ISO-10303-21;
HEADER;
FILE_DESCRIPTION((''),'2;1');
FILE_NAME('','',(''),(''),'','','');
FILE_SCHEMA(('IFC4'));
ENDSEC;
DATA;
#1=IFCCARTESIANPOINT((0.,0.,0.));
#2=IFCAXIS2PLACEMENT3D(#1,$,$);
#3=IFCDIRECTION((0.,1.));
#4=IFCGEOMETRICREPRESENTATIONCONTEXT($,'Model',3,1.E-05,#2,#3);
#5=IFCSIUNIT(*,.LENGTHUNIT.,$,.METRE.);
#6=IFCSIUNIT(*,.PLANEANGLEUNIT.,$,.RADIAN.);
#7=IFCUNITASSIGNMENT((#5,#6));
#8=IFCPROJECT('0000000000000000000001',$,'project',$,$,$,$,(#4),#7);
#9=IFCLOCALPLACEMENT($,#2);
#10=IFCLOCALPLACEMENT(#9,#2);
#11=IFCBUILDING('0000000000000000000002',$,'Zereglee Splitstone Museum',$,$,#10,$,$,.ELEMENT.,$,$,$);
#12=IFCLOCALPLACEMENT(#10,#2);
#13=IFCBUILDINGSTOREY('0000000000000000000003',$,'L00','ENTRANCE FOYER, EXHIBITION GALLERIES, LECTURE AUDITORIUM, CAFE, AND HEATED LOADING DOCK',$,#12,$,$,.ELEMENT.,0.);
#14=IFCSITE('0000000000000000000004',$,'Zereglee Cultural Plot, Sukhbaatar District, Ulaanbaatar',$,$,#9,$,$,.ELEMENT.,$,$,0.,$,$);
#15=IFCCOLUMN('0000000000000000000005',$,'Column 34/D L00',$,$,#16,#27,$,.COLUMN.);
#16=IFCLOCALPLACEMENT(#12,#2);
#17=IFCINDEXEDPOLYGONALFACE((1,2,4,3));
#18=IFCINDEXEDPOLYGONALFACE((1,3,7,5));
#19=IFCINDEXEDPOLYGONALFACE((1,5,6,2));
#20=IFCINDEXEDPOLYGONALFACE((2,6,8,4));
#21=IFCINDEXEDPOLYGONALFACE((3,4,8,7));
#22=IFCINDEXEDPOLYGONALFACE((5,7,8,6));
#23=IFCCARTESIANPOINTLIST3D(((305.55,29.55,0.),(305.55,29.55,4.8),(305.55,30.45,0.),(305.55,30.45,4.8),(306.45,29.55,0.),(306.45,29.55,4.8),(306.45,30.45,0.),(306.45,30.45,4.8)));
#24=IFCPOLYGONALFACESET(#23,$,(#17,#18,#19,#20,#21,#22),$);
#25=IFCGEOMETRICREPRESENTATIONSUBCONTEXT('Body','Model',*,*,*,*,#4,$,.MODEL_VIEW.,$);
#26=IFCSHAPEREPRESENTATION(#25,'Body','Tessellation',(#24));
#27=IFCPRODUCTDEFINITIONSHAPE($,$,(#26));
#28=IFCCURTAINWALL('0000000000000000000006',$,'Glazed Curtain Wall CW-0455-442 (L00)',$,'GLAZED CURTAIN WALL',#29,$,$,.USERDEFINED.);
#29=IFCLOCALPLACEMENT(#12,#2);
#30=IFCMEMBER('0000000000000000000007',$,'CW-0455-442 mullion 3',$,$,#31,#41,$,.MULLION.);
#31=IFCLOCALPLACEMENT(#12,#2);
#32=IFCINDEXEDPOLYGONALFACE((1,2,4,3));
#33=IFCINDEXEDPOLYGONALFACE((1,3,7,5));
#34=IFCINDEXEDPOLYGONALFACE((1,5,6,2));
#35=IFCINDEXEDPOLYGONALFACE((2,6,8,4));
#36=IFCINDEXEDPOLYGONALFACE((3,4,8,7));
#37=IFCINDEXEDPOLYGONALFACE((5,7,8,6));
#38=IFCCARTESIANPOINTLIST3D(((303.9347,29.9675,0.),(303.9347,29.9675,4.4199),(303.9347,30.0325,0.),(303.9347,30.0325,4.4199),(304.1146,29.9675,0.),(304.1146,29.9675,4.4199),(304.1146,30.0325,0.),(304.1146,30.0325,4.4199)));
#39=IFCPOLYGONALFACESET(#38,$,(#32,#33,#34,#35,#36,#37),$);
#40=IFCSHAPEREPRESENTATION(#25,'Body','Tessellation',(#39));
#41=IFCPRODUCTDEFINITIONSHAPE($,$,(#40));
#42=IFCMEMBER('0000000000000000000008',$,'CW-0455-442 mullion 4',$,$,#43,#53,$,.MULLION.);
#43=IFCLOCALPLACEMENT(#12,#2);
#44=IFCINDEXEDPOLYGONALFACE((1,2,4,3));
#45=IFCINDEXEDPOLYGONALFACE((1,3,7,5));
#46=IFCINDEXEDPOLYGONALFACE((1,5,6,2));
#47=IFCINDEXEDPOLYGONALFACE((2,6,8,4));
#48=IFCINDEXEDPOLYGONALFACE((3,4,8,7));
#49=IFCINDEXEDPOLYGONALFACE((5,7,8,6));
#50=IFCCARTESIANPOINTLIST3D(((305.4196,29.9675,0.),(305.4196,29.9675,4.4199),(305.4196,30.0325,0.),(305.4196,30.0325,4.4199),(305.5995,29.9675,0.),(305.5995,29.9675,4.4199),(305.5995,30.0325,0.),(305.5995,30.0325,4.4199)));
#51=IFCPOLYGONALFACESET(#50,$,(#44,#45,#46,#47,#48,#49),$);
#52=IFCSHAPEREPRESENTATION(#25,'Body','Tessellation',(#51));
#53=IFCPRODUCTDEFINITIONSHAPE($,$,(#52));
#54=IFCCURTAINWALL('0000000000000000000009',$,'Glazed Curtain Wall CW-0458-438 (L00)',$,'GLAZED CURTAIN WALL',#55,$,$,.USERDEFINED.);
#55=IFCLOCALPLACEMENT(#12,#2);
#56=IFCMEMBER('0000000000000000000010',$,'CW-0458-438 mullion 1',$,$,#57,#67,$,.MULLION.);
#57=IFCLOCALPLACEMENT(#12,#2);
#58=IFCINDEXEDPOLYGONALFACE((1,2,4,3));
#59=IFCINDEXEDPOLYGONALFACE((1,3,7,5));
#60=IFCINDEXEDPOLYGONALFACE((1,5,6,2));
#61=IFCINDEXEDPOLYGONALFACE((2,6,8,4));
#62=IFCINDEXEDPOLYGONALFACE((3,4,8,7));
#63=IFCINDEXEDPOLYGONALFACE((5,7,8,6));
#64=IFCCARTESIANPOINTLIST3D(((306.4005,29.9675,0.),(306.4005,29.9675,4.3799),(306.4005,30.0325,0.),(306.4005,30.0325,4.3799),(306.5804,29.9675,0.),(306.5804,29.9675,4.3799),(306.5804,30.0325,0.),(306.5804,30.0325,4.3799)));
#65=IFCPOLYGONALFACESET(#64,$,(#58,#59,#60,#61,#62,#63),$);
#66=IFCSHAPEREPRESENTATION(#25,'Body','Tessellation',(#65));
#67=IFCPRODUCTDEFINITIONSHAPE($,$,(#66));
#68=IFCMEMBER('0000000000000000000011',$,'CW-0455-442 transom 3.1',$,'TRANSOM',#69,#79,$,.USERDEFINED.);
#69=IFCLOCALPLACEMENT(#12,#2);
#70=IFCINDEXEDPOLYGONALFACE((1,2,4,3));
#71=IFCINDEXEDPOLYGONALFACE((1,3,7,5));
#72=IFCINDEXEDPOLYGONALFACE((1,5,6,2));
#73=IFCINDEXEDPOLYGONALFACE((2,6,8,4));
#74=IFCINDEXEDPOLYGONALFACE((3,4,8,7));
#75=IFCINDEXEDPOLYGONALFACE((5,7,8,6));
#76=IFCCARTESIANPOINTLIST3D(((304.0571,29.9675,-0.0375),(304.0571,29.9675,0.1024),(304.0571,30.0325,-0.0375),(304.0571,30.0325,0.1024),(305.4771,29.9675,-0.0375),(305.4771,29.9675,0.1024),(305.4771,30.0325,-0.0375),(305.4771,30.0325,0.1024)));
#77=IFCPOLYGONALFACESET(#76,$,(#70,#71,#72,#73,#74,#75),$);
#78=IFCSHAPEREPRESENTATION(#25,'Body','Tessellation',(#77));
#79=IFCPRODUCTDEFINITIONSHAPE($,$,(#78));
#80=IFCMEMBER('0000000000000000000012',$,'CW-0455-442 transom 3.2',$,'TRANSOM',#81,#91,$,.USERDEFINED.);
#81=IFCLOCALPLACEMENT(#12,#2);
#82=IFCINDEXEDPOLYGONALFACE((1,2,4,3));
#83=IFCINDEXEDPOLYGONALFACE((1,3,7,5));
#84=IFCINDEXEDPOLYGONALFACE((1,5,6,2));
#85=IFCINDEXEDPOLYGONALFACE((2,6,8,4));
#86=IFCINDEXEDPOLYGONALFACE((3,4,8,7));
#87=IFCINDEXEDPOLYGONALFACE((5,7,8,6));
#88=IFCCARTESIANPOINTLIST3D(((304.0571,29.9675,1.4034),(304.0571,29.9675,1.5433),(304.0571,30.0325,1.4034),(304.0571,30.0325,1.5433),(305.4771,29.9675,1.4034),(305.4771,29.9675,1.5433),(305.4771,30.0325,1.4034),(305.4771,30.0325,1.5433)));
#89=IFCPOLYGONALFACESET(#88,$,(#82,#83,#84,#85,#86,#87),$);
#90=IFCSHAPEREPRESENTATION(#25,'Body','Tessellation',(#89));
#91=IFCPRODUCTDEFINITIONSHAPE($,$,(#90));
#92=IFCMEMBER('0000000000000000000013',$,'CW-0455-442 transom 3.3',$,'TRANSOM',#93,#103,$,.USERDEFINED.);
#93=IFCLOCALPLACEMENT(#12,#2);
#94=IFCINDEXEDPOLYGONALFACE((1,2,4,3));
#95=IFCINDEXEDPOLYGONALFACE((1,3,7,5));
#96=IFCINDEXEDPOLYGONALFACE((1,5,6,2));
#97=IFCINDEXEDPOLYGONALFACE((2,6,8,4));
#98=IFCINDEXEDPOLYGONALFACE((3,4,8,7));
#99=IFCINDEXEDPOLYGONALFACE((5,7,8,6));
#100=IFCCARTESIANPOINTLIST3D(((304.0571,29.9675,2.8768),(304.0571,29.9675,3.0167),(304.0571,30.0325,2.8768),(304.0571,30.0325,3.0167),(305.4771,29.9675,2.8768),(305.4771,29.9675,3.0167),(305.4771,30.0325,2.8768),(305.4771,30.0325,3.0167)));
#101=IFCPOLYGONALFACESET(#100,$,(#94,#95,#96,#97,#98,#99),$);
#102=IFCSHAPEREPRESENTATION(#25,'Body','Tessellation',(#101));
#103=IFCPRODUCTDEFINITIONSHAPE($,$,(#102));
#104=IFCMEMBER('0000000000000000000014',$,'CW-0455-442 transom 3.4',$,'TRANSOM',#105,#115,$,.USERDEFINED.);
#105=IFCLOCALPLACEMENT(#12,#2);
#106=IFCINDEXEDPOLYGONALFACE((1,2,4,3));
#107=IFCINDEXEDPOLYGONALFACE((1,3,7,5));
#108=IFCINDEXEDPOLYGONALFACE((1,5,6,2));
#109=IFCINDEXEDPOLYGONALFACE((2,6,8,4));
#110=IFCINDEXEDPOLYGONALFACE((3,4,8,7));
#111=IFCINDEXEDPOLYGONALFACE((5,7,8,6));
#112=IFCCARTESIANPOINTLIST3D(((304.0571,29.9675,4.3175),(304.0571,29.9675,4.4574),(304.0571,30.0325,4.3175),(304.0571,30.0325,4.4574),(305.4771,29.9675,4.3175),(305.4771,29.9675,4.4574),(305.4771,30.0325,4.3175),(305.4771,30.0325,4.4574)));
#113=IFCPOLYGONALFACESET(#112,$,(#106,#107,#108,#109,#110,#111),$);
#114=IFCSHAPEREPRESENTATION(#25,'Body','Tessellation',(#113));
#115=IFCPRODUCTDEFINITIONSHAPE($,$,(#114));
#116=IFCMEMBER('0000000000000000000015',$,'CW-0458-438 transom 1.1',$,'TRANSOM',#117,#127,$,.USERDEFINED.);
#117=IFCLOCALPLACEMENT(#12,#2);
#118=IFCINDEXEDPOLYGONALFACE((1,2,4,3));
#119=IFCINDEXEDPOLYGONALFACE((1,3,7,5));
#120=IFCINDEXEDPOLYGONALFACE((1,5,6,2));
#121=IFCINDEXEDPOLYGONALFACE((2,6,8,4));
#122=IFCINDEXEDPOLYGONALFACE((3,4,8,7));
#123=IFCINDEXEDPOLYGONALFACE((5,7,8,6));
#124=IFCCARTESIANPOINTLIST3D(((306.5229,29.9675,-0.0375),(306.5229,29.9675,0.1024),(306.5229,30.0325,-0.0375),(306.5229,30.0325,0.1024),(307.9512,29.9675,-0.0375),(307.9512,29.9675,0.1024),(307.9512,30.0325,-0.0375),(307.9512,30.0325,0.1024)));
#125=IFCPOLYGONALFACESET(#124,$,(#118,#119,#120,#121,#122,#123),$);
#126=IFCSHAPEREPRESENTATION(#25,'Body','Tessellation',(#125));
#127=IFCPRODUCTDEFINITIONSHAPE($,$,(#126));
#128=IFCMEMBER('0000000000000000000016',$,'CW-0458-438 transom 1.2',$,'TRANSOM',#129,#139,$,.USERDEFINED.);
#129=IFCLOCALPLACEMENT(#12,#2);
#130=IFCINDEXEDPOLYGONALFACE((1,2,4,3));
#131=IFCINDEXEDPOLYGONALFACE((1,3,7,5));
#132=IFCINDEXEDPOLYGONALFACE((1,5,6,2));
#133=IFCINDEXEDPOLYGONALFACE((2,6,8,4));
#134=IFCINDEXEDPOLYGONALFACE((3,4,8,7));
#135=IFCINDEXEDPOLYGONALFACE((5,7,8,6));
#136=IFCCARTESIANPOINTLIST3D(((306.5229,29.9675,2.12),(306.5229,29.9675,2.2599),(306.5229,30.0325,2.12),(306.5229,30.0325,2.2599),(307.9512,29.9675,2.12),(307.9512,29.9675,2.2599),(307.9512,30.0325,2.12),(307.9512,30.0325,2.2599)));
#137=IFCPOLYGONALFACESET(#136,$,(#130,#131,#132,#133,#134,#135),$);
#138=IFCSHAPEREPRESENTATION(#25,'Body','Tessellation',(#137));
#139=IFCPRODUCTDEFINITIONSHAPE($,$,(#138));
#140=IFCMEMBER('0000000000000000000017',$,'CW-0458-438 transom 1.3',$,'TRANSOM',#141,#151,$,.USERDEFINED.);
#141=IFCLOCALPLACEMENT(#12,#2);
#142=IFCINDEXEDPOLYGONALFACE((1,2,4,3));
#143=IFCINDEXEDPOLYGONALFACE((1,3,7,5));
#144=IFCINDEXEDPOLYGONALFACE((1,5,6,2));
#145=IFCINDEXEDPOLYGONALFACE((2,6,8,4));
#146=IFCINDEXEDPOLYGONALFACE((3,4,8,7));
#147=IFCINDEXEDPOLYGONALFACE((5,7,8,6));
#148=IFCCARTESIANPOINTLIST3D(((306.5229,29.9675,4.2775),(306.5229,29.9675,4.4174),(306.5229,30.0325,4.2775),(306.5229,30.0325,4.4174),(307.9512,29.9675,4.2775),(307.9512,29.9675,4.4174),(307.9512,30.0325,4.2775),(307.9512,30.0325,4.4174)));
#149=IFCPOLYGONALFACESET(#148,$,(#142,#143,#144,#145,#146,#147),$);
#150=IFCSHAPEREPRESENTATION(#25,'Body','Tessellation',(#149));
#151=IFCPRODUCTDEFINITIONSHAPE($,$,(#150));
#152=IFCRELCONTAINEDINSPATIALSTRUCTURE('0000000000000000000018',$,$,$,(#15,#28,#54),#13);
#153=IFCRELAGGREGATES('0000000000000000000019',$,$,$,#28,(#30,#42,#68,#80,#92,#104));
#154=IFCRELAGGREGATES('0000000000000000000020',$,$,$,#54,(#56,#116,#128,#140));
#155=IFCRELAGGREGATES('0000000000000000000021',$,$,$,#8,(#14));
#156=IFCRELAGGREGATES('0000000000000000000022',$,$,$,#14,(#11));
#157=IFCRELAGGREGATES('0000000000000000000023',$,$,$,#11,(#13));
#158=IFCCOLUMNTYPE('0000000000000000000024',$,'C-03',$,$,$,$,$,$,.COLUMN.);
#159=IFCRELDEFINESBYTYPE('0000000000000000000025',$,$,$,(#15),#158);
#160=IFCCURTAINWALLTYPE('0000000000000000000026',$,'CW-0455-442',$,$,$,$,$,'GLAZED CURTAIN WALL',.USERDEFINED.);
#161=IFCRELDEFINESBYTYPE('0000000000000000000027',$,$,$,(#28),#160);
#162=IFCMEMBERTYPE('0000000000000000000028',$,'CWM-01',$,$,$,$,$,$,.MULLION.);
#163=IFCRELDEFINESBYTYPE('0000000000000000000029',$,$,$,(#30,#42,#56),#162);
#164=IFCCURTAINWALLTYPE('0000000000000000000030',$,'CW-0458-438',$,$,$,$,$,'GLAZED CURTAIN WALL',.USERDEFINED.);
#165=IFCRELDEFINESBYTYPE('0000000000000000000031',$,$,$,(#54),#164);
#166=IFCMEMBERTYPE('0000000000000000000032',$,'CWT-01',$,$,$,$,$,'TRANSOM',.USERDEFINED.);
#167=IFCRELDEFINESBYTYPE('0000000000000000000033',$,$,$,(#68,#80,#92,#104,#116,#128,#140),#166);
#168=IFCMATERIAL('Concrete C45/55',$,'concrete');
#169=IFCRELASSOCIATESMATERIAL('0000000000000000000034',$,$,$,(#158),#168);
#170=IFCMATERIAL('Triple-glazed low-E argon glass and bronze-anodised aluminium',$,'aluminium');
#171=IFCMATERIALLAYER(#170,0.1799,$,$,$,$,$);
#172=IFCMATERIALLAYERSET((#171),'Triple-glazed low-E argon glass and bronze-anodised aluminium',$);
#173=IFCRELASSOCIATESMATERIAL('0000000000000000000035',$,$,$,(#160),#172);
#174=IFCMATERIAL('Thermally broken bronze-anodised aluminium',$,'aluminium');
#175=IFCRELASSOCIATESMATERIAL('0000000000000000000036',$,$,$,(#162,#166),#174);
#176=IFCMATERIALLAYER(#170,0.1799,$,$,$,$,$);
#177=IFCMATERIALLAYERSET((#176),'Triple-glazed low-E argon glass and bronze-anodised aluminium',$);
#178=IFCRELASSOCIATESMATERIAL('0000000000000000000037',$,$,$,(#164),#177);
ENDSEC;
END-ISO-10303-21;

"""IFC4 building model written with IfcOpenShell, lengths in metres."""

from ifc_helpers import new_model, si_unit, direction, frame, origin, origin_2d, place, context, subcontext, project, spatial, rectangle, extrude, material, layer, layer_set, material_profile, profile_set, type_object, element, aggregate, save


model = new_model("IFC4")

# Units and contexts
model_context = context("Model", 3, precision=1e-05, world=origin(), true_north=direction((0.0, 1.0)))
body_context = subcontext(model_context, "Body", "Model", "MODEL_VIEW")
ifc_project = project(units=[si_unit("LENGTHUNIT", "METRE"), si_unit("PLANEANGLEUNIT", "RADIAN")], contexts=[model_context])

# Site, building, storey
site_placement = place(None, origin())
site = spatial("IfcSite", under=ifc_project, at=site_placement, Name="Zereglee Cultural Plot, Sukhbaatar District, Ulaanbaatar", CompositionType="ELEMENT", RefElevation=0.0)
building_placement = place(site_placement, origin())
building = spatial("IfcBuilding", under=site, at=building_placement, Name="Zereglee Splitstone Museum", CompositionType="ELEMENT")
storey_placement = place(building_placement, origin())
storey = spatial("IfcBuildingStorey", under=building, at=storey_placement, Name="L00", Description="ENTRANCE FOYER, EXHIBITION GALLERIES, LECTURE AUDITORIUM, CAFE, AND HEATED LOADING DOCK", CompositionType="ELEMENT", Elevation=0.0)

# Column
ifc_material_1 = material(Name="Concrete C45/55", Category="concrete")
ifc_material_profile_1 = material_profile(ifc_material_1, rectangle(XDim=0.8999, YDim=0.8999, at=origin_2d()), Name="RC 900x900")
ifc_profile_set_1 = profile_set([ifc_material_profile_1], Name="Concrete C45/55")
column_type = type_object("IfcColumnType", Name="C-03", PredefinedType="COLUMN", material=ifc_profile_set_1)
column_placement = place(storey_placement, frame((306.0, 30.0, 0.0), z_axis=(0.0, 0.0, 1.0), x_axis=(1.0, 0.0, 0.0)))
element("IfcColumn", 1, at=column_placement, inside=storey, type_object=column_type, Name="Column 34/D L00", PredefinedType="COLUMN", context=body_context, shape_type="SweptSolid", body=[
    extrude(rectangle(XDim=0.8999, YDim=0.8999, at=origin_2d()), origin(), (0.0, 0.0, 1.0), 4.8),
])

# Curtain wall, members
ifc_material_2 = material(Name="Triple-glazed low-E argon glass and bronze-anodised aluminium", Category="aluminium")
ifc_layer_1 = layer(ifc_material_2, 0.1799)
ifc_layer_set_1 = layer_set([ifc_layer_1], Name="Triple-glazed low-E argon glass and bronze-anodised aluminium")
curtain_wall_type_1 = type_object("IfcCurtainWallType", Name="CW-0455-442", ElementType="GLAZED CURTAIN WALL", PredefinedType="USERDEFINED", material=ifc_layer_set_1)
curtain_wall_1_placement = place(storey_placement, origin())
curtain_wall_1 = element("IfcCurtainWall", 2, at=curtain_wall_1_placement, inside=storey, type_object=curtain_wall_type_1, Name="Glazed Curtain Wall CW-0455-442 (L00)", ObjectType="GLAZED CURTAIN WALL", PredefinedType="USERDEFINED")
ifc_material_3 = material(Name="Thermally broken bronze-anodised aluminium", Category="aluminium")
ifc_material_profile_2 = material_profile(ifc_material_3, rectangle(XDim=0.0649, YDim=0.1799, at=origin_2d()), Name="CW MULL 65x180")
ifc_profile_set_2 = profile_set([ifc_material_profile_2], Name="Thermally broken bronze-anodised aluminium")
member_type_1 = type_object("IfcMemberType", Name="CWM-01", PredefinedType="MULLION", material=ifc_profile_set_2)
member_1_placement = place(storey_placement, frame((304.0247, 30.0, 0.0), z_axis=(0.0, 0.0, 1.0), x_axis=(0.0, 1.0, 0.0)))
member_1 = element("IfcMember", 3, at=member_1_placement, type_object=member_type_1, Name="CW-0455-442 mullion 3", PredefinedType="MULLION", context=body_context, shape_type="SweptSolid", body=[
    extrude(rectangle(XDim=0.0649, YDim=0.1799, at=origin_2d()), origin(), (0.0, 0.0, 1.0), 4.4199),
])
member_2_placement = place(storey_placement, frame((305.5095, 30.0, 0.0), z_axis=(0.0, 0.0, 1.0), x_axis=(0.0, 1.0, 0.0)))
member_2 = element("IfcMember", 4, at=member_2_placement, type_object=member_type_1, Name="CW-0455-442 mullion 4", PredefinedType="MULLION", context=body_context, shape_type="SweptSolid", body=[
    extrude(rectangle(XDim=0.0649, YDim=0.1799, at=origin_2d()), origin(), (0.0, 0.0, 1.0), 4.4199),
])

# Curtain wall, member
ifc_layer_2 = layer(ifc_material_2, 0.1799)
ifc_layer_set_2 = layer_set([ifc_layer_2], Name="Triple-glazed low-E argon glass and bronze-anodised aluminium")
curtain_wall_type_2 = type_object("IfcCurtainWallType", Name="CW-0458-438", ElementType="GLAZED CURTAIN WALL", PredefinedType="USERDEFINED", material=ifc_layer_set_2)
curtain_wall_2_placement = place(storey_placement, origin())
curtain_wall_2 = element("IfcCurtainWall", 5, at=curtain_wall_2_placement, inside=storey, type_object=curtain_wall_type_2, Name="Glazed Curtain Wall CW-0458-438 (L00)", ObjectType="GLAZED CURTAIN WALL", PredefinedType="USERDEFINED")
member_3_placement = place(storey_placement, frame((306.4905, 30.0, 0.0), z_axis=(0.0, 0.0, 1.0), x_axis=(0.0, 1.0, 0.0)))
member_3 = element("IfcMember", 6, at=member_3_placement, type_object=member_type_1, Name="CW-0458-438 mullion 1", PredefinedType="MULLION", context=body_context, shape_type="SweptSolid", body=[
    extrude(rectangle(XDim=0.0649, YDim=0.1799, at=origin_2d()), origin(), (0.0, 0.0, 1.0), 4.3799),
])

# Members
ifc_material_profile_3 = material_profile(ifc_material_3, rectangle(XDim=0.0649, YDim=0.1399, at=origin_2d()), Name="CW TRAN 65x140")
ifc_profile_set_3 = profile_set([ifc_material_profile_3], Name="Thermally broken bronze-anodised aluminium")
member_type_2 = type_object("IfcMemberType", Name="CWT-01", ElementType="TRANSOM", PredefinedType="USERDEFINED", material=ifc_profile_set_3)
member_4_placement = place(storey_placement, frame((304.0571, 30.0, 0.0325), z_axis=(1.0, 0.0, 0.0), x_axis=(0.0, 1.0, 0.0)))
member_4 = element("IfcMember", 7, at=member_4_placement, type_object=member_type_2, Name="CW-0455-442 transom 3.1", ObjectType="TRANSOM", PredefinedType="USERDEFINED", context=body_context, shape_type="SweptSolid", body=[
    extrude(rectangle(XDim=0.0649, YDim=0.1399, at=origin_2d()), origin(), (0.0, 0.0, 1.0), 1.4199),
])
member_5_placement = place(storey_placement, frame((304.0571, 30.0, 1.4734), z_axis=(1.0, 0.0, 0.0), x_axis=(0.0, 1.0, 0.0)))
member_5 = element("IfcMember", 8, at=member_5_placement, type_object=member_type_2, Name="CW-0455-442 transom 3.2", ObjectType="TRANSOM", PredefinedType="USERDEFINED", context=body_context, shape_type="SweptSolid", body=[
    extrude(rectangle(XDim=0.0649, YDim=0.1399, at=origin_2d()), origin(), (0.0, 0.0, 1.0), 1.4199),
])
member_6_placement = place(storey_placement, frame((304.0571, 30.0, 2.9468), z_axis=(1.0, 0.0, 0.0), x_axis=(0.0, 1.0, 0.0)))
member_6 = element("IfcMember", 9, at=member_6_placement, type_object=member_type_2, Name="CW-0455-442 transom 3.3", ObjectType="TRANSOM", PredefinedType="USERDEFINED", context=body_context, shape_type="SweptSolid", body=[
    extrude(rectangle(XDim=0.0649, YDim=0.1399, at=origin_2d()), origin(), (0.0, 0.0, 1.0), 1.4199),
])
member_7_placement = place(storey_placement, frame((304.0571, 30.0, 4.3875), z_axis=(1.0, 0.0, 0.0), x_axis=(0.0, 1.0, 0.0)))
member_7 = element("IfcMember", 10, at=member_7_placement, type_object=member_type_2, Name="CW-0455-442 transom 3.4", ObjectType="TRANSOM", PredefinedType="USERDEFINED", context=body_context, shape_type="SweptSolid", body=[
    extrude(rectangle(XDim=0.0649, YDim=0.1399, at=origin_2d()), origin(), (0.0, 0.0, 1.0), 1.4199),
])
member_8_placement = place(storey_placement, frame((306.5229, 30.0, 0.0325), z_axis=(1.0, 0.0, 0.0), x_axis=(0.0, 1.0, 0.0)))
member_8 = element("IfcMember", 11, at=member_8_placement, type_object=member_type_2, Name="CW-0458-438 transom 1.1", ObjectType="TRANSOM", PredefinedType="USERDEFINED", context=body_context, shape_type="SweptSolid", body=[
    extrude(rectangle(XDim=0.0649, YDim=0.1399, at=origin_2d()), origin(), (0.0, 0.0, 1.0), 1.4282),
])
member_9_placement = place(storey_placement, frame((306.5229, 30.0, 2.1899), z_axis=(1.0, 0.0, 0.0), x_axis=(0.0, 1.0, 0.0)))
member_9 = element("IfcMember", 12, at=member_9_placement, type_object=member_type_2, Name="CW-0458-438 transom 1.2", ObjectType="TRANSOM", PredefinedType="USERDEFINED", context=body_context, shape_type="SweptSolid", body=[
    extrude(rectangle(XDim=0.0649, YDim=0.1399, at=origin_2d()), origin(), (0.0, 0.0, 1.0), 1.4282),
])
member_10_placement = place(storey_placement, frame((306.5229, 30.0, 4.3474), z_axis=(1.0, 0.0, 0.0), x_axis=(0.0, 1.0, 0.0)))
member_10 = element("IfcMember", 13, at=member_10_placement, type_object=member_type_2, Name="CW-0458-438 transom 1.3", ObjectType="TRANSOM", PredefinedType="USERDEFINED", context=body_context, shape_type="SweptSolid", body=[
    extrude(rectangle(XDim=0.0649, YDim=0.1399, at=origin_2d()), origin(), (0.0, 0.0, 1.0), 1.4282),
])

aggregate(curtain_wall_1, [member_1, member_2, member_4, member_5, member_6, member_7])
aggregate(curtain_wall_2, [member_3, member_8, member_9, member_10])

save(model, "model.ifc")
